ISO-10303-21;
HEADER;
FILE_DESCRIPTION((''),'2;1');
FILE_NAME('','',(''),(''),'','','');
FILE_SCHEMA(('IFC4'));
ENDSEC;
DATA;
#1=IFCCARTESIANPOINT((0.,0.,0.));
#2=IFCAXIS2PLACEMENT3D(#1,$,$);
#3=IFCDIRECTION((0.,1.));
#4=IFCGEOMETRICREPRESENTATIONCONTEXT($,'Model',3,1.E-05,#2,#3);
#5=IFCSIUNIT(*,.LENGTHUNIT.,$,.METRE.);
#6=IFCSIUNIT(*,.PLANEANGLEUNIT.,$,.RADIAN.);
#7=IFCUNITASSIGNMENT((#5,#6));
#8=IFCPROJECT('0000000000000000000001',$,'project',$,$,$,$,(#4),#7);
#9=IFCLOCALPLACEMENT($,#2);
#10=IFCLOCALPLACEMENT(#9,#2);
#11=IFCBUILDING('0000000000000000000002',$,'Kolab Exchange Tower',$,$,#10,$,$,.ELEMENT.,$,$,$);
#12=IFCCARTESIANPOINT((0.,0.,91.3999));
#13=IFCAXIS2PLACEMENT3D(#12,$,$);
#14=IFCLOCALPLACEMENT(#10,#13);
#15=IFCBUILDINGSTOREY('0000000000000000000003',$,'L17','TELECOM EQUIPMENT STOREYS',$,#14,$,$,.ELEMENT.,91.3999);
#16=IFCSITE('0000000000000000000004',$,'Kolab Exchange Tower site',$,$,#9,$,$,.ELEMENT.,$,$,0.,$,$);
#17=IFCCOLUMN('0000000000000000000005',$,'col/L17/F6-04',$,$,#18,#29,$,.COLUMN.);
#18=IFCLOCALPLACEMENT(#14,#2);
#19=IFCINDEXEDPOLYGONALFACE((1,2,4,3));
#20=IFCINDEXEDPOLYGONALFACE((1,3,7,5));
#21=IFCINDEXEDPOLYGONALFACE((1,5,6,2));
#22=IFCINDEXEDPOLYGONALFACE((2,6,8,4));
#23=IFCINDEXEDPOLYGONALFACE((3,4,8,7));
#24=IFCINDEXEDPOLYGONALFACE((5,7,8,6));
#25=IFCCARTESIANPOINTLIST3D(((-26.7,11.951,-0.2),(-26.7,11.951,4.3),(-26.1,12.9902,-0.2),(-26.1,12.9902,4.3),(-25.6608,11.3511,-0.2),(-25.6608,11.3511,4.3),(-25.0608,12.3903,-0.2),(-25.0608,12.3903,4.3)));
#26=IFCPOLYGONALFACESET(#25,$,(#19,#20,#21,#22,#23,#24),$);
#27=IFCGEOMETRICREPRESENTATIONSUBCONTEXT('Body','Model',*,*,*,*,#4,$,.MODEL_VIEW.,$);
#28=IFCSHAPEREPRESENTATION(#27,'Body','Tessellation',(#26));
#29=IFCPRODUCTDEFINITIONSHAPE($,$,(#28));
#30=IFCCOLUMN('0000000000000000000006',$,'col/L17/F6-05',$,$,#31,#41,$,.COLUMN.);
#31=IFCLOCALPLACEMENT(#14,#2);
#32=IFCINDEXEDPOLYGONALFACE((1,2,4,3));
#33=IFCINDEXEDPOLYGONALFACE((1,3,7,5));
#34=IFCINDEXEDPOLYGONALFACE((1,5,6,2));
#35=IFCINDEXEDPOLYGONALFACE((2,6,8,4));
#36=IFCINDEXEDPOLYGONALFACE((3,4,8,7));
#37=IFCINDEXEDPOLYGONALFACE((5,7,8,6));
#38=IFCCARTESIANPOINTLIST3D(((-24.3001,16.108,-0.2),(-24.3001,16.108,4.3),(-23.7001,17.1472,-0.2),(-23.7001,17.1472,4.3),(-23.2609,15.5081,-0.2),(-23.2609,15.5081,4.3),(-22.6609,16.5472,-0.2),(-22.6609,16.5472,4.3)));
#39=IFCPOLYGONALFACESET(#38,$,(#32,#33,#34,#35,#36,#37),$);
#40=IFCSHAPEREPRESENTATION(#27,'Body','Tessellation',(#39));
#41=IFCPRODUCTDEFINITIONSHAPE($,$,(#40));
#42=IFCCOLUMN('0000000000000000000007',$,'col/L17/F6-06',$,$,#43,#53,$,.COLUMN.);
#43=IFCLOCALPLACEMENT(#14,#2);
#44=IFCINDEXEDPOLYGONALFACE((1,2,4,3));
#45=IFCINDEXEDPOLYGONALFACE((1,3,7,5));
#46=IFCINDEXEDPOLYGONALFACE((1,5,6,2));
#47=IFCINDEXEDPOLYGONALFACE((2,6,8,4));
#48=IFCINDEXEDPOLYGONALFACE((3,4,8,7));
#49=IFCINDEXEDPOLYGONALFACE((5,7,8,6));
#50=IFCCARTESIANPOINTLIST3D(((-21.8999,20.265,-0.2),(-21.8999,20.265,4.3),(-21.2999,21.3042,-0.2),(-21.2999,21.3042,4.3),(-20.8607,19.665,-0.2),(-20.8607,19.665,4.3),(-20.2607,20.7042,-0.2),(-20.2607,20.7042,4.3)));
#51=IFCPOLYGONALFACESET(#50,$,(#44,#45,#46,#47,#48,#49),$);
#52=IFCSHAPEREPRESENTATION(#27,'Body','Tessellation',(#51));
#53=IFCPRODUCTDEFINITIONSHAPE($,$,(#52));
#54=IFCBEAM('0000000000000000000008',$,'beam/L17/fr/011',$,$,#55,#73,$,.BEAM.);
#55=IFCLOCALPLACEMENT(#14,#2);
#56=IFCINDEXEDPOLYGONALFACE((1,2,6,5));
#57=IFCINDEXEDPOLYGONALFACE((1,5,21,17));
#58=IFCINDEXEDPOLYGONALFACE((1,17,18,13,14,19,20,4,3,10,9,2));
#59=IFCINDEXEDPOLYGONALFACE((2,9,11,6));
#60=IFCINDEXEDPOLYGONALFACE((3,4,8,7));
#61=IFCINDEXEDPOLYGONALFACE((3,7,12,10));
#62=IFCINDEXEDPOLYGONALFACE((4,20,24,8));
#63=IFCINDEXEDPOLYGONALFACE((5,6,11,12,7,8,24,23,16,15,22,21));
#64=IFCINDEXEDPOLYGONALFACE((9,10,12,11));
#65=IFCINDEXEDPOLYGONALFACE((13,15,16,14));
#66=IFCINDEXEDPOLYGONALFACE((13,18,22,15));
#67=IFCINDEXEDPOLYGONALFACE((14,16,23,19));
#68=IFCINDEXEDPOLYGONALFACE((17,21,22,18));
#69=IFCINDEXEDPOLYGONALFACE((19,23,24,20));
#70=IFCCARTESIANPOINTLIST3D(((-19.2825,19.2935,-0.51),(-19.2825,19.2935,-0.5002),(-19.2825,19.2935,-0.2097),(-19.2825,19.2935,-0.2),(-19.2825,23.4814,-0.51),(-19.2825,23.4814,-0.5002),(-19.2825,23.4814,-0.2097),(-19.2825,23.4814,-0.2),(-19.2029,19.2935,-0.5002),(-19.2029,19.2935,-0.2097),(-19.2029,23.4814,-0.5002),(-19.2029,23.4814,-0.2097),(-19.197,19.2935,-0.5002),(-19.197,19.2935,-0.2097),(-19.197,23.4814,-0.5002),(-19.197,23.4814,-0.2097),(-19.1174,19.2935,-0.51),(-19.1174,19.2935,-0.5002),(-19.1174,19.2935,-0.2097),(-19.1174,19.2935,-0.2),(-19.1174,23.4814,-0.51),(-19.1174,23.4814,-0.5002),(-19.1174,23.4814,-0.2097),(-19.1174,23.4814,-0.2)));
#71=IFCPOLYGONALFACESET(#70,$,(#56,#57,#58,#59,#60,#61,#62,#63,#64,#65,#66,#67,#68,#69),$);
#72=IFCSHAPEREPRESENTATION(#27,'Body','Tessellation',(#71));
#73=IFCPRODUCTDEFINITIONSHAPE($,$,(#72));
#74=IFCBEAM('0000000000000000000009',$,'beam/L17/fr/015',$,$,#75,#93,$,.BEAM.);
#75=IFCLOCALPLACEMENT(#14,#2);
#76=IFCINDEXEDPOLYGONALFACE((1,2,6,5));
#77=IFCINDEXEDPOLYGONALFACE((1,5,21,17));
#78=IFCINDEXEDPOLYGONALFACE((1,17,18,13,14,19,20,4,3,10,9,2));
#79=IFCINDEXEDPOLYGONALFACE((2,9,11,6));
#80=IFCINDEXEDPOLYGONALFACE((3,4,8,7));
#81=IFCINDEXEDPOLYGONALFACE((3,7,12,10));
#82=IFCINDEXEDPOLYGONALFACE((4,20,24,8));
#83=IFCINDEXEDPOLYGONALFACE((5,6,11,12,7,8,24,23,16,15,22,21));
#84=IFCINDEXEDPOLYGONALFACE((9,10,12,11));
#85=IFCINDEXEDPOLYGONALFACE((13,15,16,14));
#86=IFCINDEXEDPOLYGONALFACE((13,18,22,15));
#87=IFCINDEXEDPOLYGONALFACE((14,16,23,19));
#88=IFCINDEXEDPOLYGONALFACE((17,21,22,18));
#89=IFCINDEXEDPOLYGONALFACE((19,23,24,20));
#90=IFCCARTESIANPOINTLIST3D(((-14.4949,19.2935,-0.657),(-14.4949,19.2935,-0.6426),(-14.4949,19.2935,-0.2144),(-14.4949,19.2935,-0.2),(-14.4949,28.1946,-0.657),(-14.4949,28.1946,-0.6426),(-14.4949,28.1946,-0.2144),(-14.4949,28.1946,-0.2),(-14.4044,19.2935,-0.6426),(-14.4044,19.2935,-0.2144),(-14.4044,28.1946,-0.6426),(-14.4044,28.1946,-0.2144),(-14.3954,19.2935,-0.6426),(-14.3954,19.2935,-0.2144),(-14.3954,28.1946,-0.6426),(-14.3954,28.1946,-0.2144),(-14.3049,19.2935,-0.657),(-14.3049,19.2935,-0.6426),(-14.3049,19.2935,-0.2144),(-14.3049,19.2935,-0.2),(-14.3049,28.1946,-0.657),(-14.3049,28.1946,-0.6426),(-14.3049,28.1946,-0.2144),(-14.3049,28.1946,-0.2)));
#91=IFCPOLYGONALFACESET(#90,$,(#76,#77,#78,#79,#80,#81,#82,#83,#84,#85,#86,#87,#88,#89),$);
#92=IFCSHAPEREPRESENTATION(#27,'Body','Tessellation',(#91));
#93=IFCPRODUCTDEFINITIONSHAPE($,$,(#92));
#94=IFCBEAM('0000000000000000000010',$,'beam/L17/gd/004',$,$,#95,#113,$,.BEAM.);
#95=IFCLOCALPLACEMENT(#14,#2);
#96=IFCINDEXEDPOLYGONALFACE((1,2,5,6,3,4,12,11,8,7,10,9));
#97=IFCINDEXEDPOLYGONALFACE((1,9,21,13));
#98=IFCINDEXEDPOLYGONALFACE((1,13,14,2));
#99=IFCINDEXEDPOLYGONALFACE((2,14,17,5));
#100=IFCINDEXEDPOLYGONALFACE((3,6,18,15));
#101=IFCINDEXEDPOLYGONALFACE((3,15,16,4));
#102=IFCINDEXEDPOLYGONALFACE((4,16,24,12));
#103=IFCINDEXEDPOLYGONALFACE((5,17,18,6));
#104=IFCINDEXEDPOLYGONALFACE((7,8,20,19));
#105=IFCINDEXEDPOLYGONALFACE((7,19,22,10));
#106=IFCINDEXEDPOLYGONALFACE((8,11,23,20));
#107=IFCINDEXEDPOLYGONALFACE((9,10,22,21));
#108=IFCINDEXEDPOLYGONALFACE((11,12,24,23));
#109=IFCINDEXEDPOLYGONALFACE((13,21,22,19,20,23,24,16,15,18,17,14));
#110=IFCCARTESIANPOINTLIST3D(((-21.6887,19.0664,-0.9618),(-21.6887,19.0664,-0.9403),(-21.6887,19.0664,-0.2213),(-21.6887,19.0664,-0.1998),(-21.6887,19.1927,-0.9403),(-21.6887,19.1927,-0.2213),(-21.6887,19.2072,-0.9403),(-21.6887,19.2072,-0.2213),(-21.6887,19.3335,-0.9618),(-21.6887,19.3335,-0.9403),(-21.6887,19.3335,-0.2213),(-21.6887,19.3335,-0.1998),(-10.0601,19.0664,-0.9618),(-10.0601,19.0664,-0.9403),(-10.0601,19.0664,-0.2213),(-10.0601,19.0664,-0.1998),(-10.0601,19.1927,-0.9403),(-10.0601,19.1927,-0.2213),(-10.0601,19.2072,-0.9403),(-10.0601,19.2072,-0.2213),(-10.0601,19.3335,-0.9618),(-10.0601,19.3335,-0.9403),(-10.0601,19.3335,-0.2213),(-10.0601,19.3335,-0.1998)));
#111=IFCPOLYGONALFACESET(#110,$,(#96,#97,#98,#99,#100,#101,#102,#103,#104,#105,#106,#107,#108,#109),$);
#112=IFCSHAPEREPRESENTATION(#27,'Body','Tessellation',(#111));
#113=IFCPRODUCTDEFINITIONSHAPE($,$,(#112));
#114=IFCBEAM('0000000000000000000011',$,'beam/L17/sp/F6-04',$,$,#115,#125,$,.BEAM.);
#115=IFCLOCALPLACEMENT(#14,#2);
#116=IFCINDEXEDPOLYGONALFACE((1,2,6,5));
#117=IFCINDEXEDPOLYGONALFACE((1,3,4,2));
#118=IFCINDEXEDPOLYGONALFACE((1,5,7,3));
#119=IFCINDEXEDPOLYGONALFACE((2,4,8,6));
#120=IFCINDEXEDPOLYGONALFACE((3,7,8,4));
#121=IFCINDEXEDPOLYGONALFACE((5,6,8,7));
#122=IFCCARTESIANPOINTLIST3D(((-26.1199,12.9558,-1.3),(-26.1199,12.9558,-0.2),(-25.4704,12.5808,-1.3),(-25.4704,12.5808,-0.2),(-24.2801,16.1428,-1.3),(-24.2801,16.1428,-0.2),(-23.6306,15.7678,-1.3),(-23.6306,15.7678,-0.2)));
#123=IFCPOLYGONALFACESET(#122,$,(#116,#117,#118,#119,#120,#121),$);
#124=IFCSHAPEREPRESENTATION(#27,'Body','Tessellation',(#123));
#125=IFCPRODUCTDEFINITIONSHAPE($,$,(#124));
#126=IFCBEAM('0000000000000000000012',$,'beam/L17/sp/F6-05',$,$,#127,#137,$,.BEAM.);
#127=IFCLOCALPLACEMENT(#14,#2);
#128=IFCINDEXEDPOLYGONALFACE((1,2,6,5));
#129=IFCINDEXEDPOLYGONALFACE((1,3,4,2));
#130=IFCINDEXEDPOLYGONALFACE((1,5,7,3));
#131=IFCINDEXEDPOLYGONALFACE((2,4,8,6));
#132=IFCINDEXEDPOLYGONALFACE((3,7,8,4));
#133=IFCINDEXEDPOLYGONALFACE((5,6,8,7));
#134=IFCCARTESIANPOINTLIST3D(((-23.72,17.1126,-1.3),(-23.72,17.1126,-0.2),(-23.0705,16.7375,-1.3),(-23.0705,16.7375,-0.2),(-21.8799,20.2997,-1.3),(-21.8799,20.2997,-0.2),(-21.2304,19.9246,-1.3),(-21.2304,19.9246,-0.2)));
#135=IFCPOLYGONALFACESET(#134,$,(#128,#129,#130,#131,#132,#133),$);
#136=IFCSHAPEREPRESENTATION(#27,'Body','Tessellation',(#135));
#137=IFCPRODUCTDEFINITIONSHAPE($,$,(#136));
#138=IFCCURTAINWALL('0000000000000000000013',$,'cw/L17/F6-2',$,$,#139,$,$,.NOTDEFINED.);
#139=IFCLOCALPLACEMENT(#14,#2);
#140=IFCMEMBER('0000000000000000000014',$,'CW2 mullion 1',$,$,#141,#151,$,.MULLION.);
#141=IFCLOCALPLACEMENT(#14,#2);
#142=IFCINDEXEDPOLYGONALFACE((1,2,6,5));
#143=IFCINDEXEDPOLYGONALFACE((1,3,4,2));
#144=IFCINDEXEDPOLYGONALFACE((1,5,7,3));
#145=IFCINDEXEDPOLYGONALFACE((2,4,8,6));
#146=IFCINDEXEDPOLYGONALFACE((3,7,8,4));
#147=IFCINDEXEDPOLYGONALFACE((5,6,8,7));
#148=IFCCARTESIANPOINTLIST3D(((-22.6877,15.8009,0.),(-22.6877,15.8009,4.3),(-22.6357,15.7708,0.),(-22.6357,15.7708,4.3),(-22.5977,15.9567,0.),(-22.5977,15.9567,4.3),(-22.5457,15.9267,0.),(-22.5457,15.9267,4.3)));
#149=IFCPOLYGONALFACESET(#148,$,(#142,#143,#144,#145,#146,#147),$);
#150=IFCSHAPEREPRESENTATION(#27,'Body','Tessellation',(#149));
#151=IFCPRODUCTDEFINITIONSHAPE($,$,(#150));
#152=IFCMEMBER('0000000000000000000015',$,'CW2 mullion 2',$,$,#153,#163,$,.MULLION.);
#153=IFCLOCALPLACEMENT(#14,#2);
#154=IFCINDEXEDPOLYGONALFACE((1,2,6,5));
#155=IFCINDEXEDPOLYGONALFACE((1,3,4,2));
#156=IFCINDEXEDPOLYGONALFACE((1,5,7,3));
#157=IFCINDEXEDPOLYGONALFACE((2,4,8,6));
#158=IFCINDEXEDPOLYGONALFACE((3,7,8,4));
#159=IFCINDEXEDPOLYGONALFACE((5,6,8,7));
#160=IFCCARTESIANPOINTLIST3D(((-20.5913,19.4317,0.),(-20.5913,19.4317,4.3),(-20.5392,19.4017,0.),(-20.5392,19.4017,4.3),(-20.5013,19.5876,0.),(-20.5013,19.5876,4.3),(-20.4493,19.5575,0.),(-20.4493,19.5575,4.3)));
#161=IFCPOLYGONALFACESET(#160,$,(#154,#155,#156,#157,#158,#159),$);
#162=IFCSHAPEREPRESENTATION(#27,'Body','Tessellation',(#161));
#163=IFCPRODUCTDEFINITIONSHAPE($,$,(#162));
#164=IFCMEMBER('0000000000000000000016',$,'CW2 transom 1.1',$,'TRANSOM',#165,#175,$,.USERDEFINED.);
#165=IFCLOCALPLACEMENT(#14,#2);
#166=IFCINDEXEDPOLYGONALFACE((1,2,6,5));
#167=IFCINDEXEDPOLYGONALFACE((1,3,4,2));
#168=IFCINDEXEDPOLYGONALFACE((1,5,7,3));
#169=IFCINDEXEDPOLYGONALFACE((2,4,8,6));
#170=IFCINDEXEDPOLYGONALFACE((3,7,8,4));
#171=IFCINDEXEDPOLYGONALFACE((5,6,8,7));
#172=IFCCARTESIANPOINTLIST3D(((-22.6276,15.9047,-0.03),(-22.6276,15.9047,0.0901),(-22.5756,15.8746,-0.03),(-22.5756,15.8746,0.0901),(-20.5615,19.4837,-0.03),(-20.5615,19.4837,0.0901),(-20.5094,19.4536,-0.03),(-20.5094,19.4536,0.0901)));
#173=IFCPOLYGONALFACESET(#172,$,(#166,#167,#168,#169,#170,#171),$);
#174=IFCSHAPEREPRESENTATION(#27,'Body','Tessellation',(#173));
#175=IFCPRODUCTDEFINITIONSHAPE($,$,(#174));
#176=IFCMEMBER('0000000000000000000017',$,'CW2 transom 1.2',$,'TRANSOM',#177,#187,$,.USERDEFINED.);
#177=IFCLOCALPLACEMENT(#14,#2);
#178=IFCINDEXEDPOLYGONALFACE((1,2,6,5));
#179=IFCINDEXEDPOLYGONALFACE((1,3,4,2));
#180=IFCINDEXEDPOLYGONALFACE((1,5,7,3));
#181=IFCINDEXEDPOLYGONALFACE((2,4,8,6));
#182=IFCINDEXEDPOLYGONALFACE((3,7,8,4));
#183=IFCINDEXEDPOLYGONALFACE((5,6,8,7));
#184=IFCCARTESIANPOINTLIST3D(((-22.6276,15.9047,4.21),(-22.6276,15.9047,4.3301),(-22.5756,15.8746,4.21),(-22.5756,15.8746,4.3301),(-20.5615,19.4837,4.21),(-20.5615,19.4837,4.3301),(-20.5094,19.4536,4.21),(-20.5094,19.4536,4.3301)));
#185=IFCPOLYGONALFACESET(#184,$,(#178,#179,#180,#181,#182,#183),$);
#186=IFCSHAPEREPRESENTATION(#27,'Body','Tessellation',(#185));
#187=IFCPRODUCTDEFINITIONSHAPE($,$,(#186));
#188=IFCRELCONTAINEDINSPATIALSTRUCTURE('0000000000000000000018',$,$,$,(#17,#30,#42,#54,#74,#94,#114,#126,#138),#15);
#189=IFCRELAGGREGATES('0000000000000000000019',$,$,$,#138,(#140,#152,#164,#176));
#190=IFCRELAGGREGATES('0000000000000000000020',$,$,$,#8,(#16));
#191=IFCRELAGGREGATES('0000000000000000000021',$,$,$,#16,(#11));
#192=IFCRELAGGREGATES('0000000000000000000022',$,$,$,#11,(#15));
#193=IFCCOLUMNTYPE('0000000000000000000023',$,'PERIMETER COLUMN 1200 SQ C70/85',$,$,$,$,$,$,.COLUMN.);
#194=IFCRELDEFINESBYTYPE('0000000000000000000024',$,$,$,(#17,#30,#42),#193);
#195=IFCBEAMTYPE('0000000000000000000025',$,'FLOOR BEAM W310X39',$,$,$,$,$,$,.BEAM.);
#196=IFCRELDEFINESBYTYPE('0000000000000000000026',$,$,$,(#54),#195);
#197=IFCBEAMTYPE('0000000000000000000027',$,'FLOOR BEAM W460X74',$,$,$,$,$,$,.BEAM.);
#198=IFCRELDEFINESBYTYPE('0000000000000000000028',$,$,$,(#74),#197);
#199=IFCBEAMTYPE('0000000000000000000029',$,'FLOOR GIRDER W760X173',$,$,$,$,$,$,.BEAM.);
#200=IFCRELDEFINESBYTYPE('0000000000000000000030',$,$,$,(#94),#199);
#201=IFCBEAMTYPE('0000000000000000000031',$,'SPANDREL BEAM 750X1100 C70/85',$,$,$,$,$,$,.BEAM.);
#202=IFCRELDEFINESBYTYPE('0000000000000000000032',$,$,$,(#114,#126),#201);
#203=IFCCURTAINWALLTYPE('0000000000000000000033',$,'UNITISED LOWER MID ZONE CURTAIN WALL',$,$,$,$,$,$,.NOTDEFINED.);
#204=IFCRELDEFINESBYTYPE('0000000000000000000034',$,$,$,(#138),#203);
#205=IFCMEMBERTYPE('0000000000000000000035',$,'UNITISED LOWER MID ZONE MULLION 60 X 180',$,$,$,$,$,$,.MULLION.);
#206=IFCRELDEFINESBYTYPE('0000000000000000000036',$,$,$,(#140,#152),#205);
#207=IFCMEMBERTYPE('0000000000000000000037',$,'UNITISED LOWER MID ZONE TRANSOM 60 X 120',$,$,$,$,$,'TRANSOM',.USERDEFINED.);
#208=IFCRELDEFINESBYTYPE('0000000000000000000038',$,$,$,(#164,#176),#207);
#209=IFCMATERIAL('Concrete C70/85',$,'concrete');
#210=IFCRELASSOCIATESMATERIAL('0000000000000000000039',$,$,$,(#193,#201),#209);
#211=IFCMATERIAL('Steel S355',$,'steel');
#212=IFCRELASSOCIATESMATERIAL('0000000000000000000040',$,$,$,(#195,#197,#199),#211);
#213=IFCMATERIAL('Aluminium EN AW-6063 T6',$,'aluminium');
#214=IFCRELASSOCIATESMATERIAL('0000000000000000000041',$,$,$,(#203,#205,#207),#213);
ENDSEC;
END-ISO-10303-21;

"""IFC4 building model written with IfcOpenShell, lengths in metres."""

from ifc_helpers import new_model, si_unit, direction, frame, origin, origin_2d, place, context, subcontext, project, spatial, rectangle, i_section, extrude, material, material_profile, profile_set, type_object, element, aggregate, save


model = new_model("IFC4")

# Units and contexts
model_context = context("Model", 3, precision=1e-05, world=origin(), true_north=direction((0.0, 1.0)))
body_context = subcontext(model_context, "Body", "Model", "MODEL_VIEW")
ifc_project = project(units=[si_unit("LENGTHUNIT", "METRE"), si_unit("PLANEANGLEUNIT", "RADIAN")], contexts=[model_context])

# Site, building, storey
site_placement = place(None, origin())
site = spatial("IfcSite", under=ifc_project, at=site_placement, Name="Kolab Exchange Tower site", CompositionType="ELEMENT", RefElevation=0.0)
building_placement = place(site_placement, origin())
building = spatial("IfcBuilding", under=site, at=building_placement, Name="Kolab Exchange Tower", CompositionType="ELEMENT")
storey_placement = place(building_placement, frame((0.0, 0.0, 91.3999)))
storey = spatial("IfcBuildingStorey", under=building, at=storey_placement, Name="L17", Description="TELECOM EQUIPMENT STOREYS", CompositionType="ELEMENT", Elevation=91.3999)

# Columns
ifc_material_1 = material(Name="Concrete C70/85", Category="concrete")
ifc_material_profile_1 = material_profile(ifc_material_1, rectangle(XDim=1.2, YDim=1.2, at=origin_2d()), Name="RC1200")
ifc_profile_set_1 = profile_set([ifc_material_profile_1], Name="Concrete C70/85")
column_type = type_object("IfcColumnType", Name="PERIMETER COLUMN 1200 SQ C70/85", PredefinedType="COLUMN", material=ifc_profile_set_1)
for number, where, z_axis, x_axis, name in (
    (1, (-25.8804, 12.1707, -0.2), (0.0, 0.0, 1.0), (0.5, 0.866025, 0.0), "col/L17/F6-04"),
    (2, (-23.4805, 16.3276, -0.2), (0.0, 0.0, 1.0), (0.5, 0.866025, 0.0), "col/L17/F6-05"),
    (3, (-21.0803, 20.4846, -0.2), (0.0, 0.0, 1.0), (0.5, 0.866025, 0.0), "col/L17/F6-06"),
):
    element("IfcColumn", number, at=place(storey_placement, frame(where, z_axis=z_axis, x_axis=x_axis)), inside=storey, type_object=column_type, Name=name, PredefinedType="COLUMN", context=body_context, shape_type="SweptSolid", body=[
        extrude(rectangle(XDim=1.2, YDim=1.2, at=origin_2d()), origin(), (0.0, 0.0, 1.0), 4.5),
    ])

# Beams
ifc_material_2 = material(Name="Steel S355", Category="steel")
ifc_material_profile_2 = material_profile(ifc_material_2, i_section(OverallWidth=0.165, OverallDepth=0.3101, WebThickness=0.0059, FlangeThickness=0.0098, at=origin_2d()), Name="W310X39")
ifc_profile_set_2 = profile_set([ifc_material_profile_2], Name="Steel S355")
beam_type_1 = type_object("IfcBeamType", Name="FLOOR BEAM W310X39", PredefinedType="BEAM", material=ifc_profile_set_2)
beam_1_placement = place(storey_placement, frame((-19.2, 19.2935, -0.355), z_axis=(0.0, 1.0, 0.0), x_axis=(-1.0, 0.0, 0.0)))
element("IfcBeam", 4, at=beam_1_placement, inside=storey, type_object=beam_type_1, Name="beam/L17/fr/011", PredefinedType="BEAM", context=body_context, shape_type="SweptSolid", body=[
    extrude(i_section(OverallWidth=0.165, OverallDepth=0.3101, WebThickness=0.0059, FlangeThickness=0.0098, at=origin_2d()), origin(), (0.0, 0.0, 1.0), 4.188),
])
ifc_material_profile_3 = material_profile(ifc_material_2, i_section(OverallWidth=0.1899, OverallDepth=0.457, WebThickness=0.009, FlangeThickness=0.0144, at=origin_2d()), Name="W460X74")
ifc_profile_set_3 = profile_set([ifc_material_profile_3], Name="Steel S355")
beam_type_2 = type_object("IfcBeamType", Name="FLOOR BEAM W460X74", PredefinedType="BEAM", material=ifc_profile_set_3)
beam_2_placement = place(storey_placement, frame((-14.3999, 19.2935, -0.4285), z_axis=(0.0, 1.0, 0.0), x_axis=(-1.0, 0.0, 0.0)))
element("IfcBeam", 5, at=beam_2_placement, inside=storey, type_object=beam_type_2, Name="beam/L17/fr/015", PredefinedType="BEAM", context=body_context, shape_type="SweptSolid", body=[
    extrude(i_section(OverallWidth=0.1899, OverallDepth=0.457, WebThickness=0.009, FlangeThickness=0.0144, at=origin_2d()), origin(), (0.0, 0.0, 1.0), 8.9011),
])
ifc_material_profile_4 = material_profile(ifc_material_2, i_section(OverallWidth=0.2671, OverallDepth=0.762, WebThickness=0.0144, FlangeThickness=0.0215, at=origin_2d()), Name="W760X173")
ifc_profile_set_4 = profile_set([ifc_material_profile_4], Name="Steel S355")
beam_type_3 = type_object("IfcBeamType", Name="FLOOR GIRDER W760X173", PredefinedType="BEAM", material=ifc_profile_set_4)
beam_3_placement = place(storey_placement, frame((-21.6887, 19.2, -0.5808), z_axis=(1.0, 0.0, 0.0), x_axis=(0.0, 1.0, 0.0)))
element("IfcBeam", 6, at=beam_3_placement, inside=storey, type_object=beam_type_3, Name="beam/L17/gd/004", PredefinedType="BEAM", context=body_context, shape_type="SweptSolid", body=[
    extrude(i_section(OverallWidth=0.2671, OverallDepth=0.762, WebThickness=0.0144, FlangeThickness=0.0215, at=origin_2d()), origin(), (0.0, 0.0, 1.0), 11.6287),
])
ifc_material_profile_5 = material_profile(ifc_material_1, rectangle(XDim=0.75, YDim=1.1001, at=origin_2d()), Name="RC750X1100")
ifc_profile_set_5 = profile_set([ifc_material_profile_5], Name="Concrete C70/85")
beam_type_4 = type_object("IfcBeamType", Name="SPANDREL BEAM 750X1100 C70/85", PredefinedType="BEAM", material=ifc_profile_set_5)
beam_4_placement = place(storey_placement, frame((-25.7952, 12.7683, -0.75), z_axis=(0.499964, 0.866046, 0.0), x_axis=(-0.866046, 0.499964, 0.0)))
element("IfcBeam", 7, at=beam_4_placement, inside=storey, type_object=beam_type_4, Name="beam/L17/sp/F6-04", PredefinedType="BEAM", context=body_context, shape_type="SweptSolid", body=[
    extrude(rectangle(XDim=0.75, YDim=1.1001, at=origin_2d()), origin(), (0.0, 0.0, 1.0), 3.6799),
])
beam_5_placement = place(storey_placement, frame((-23.3953, 16.925, -0.75), z_axis=(0.500013, 0.866018, 0.0), x_axis=(-0.866018, 0.500013, 0.0)))
element("IfcBeam", 8, at=beam_5_placement, inside=storey, type_object=beam_type_4, Name="beam/L17/sp/F6-05", PredefinedType="BEAM", context=body_context, shape_type="SweptSolid", body=[
    extrude(rectangle(XDim=0.75, YDim=1.1001, at=origin_2d()), origin(), (0.0, 0.0, 1.0), 3.6802),
])

# Curtain wall, members
ifc_material_3 = material(Name="Aluminium EN AW-6063 T6", Category="aluminium")
curtain_wall_type = type_object("IfcCurtainWallType", Name="UNITISED LOWER MID ZONE CURTAIN WALL", PredefinedType="NOTDEFINED", material=ifc_material_3)
curtain_wall_placement = place(storey_placement, origin())
curtain_wall = element("IfcCurtainWall", 9, at=curtain_wall_placement, inside=storey, type_object=curtain_wall_type, Name="cw/L17/F6-2", PredefinedType="NOTDEFINED")
ifc_material_profile_6 = material_profile(ifc_material_3, rectangle(XDim=0.0601, YDim=0.1799, at=origin_2d()), Name="RECT 60X180")
ifc_profile_set_6 = profile_set([ifc_material_profile_6], Name="Aluminium EN AW-6063 T6")
member_type_1 = type_object("IfcMemberType", Name="UNITISED LOWER MID ZONE MULLION 60 X 180", PredefinedType="MULLION", material=ifc_profile_set_6)
member_1_placement = place(storey_placement, frame((-22.6167, 15.8638, 0.0), z_axis=(0.0, 0.0, 1.0), x_axis=(-0.866025, 0.5, 0.0)))
member_1 = element("IfcMember", 10, at=member_1_placement, type_object=member_type_1, Name="CW2 mullion 1", PredefinedType="MULLION", context=body_context, shape_type="SweptSolid", body=[
    extrude(rectangle(XDim=0.0601, YDim=0.1799, at=origin_2d()), origin(), (0.0, 0.0, 1.0), 4.3),
])
member_2_placement = place(storey_placement, frame((-20.5203, 19.4946, 0.0), z_axis=(0.0, 0.0, 1.0), x_axis=(-0.866025, 0.5, 0.0)))
member_2 = element("IfcMember", 11, at=member_2_placement, type_object=member_type_1, Name="CW2 mullion 2", PredefinedType="MULLION", context=body_context, shape_type="SweptSolid", body=[
    extrude(rectangle(XDim=0.0601, YDim=0.1799, at=origin_2d()), origin(), (0.0, 0.0, 1.0), 4.3),
])
ifc_material_profile_7 = material_profile(ifc_material_3, rectangle(XDim=0.0601, YDim=0.1201, at=origin_2d()), Name="RECT 60X120")
ifc_profile_set_7 = profile_set([ifc_material_profile_7], Name="Aluminium EN AW-6063 T6")
member_type_2 = type_object("IfcMemberType", Name="UNITISED LOWER MID ZONE TRANSOM 60 X 120", ElementType="TRANSOM", PredefinedType="USERDEFINED", material=ifc_profile_set_7)
member_3_placement = place(storey_placement, frame((-22.6016, 15.8896, 0.03), z_axis=(0.499958, 0.86605, 0.0), x_axis=(-0.86605, 0.499958, 0.0)))
member_3 = element("IfcMember", 12, at=member_3_placement, type_object=member_type_2, Name="CW2 transom 1.1", ObjectType="TRANSOM", PredefinedType="USERDEFINED", context=body_context, shape_type="SweptSolid", body=[
    extrude(rectangle(XDim=0.0601, YDim=0.1201, at=origin_2d()), origin(), (0.0, 0.0, 1.0), 4.1326),
])
member_4_placement = place(storey_placement, frame((-22.6016, 15.8896, 4.27), z_axis=(0.499958, 0.86605, 0.0), x_axis=(-0.86605, 0.499958, 0.0)))
member_4 = element("IfcMember", 13, at=member_4_placement, type_object=member_type_2, Name="CW2 transom 1.2", ObjectType="TRANSOM", PredefinedType="USERDEFINED", context=body_context, shape_type="SweptSolid", body=[
    extrude(rectangle(XDim=0.0601, YDim=0.1201, at=origin_2d()), origin(), (0.0, 0.0, 1.0), 4.1326),
])
aggregate(curtain_wall, [member_1, member_2, member_3, member_4])

save(model, "model.ifc")
